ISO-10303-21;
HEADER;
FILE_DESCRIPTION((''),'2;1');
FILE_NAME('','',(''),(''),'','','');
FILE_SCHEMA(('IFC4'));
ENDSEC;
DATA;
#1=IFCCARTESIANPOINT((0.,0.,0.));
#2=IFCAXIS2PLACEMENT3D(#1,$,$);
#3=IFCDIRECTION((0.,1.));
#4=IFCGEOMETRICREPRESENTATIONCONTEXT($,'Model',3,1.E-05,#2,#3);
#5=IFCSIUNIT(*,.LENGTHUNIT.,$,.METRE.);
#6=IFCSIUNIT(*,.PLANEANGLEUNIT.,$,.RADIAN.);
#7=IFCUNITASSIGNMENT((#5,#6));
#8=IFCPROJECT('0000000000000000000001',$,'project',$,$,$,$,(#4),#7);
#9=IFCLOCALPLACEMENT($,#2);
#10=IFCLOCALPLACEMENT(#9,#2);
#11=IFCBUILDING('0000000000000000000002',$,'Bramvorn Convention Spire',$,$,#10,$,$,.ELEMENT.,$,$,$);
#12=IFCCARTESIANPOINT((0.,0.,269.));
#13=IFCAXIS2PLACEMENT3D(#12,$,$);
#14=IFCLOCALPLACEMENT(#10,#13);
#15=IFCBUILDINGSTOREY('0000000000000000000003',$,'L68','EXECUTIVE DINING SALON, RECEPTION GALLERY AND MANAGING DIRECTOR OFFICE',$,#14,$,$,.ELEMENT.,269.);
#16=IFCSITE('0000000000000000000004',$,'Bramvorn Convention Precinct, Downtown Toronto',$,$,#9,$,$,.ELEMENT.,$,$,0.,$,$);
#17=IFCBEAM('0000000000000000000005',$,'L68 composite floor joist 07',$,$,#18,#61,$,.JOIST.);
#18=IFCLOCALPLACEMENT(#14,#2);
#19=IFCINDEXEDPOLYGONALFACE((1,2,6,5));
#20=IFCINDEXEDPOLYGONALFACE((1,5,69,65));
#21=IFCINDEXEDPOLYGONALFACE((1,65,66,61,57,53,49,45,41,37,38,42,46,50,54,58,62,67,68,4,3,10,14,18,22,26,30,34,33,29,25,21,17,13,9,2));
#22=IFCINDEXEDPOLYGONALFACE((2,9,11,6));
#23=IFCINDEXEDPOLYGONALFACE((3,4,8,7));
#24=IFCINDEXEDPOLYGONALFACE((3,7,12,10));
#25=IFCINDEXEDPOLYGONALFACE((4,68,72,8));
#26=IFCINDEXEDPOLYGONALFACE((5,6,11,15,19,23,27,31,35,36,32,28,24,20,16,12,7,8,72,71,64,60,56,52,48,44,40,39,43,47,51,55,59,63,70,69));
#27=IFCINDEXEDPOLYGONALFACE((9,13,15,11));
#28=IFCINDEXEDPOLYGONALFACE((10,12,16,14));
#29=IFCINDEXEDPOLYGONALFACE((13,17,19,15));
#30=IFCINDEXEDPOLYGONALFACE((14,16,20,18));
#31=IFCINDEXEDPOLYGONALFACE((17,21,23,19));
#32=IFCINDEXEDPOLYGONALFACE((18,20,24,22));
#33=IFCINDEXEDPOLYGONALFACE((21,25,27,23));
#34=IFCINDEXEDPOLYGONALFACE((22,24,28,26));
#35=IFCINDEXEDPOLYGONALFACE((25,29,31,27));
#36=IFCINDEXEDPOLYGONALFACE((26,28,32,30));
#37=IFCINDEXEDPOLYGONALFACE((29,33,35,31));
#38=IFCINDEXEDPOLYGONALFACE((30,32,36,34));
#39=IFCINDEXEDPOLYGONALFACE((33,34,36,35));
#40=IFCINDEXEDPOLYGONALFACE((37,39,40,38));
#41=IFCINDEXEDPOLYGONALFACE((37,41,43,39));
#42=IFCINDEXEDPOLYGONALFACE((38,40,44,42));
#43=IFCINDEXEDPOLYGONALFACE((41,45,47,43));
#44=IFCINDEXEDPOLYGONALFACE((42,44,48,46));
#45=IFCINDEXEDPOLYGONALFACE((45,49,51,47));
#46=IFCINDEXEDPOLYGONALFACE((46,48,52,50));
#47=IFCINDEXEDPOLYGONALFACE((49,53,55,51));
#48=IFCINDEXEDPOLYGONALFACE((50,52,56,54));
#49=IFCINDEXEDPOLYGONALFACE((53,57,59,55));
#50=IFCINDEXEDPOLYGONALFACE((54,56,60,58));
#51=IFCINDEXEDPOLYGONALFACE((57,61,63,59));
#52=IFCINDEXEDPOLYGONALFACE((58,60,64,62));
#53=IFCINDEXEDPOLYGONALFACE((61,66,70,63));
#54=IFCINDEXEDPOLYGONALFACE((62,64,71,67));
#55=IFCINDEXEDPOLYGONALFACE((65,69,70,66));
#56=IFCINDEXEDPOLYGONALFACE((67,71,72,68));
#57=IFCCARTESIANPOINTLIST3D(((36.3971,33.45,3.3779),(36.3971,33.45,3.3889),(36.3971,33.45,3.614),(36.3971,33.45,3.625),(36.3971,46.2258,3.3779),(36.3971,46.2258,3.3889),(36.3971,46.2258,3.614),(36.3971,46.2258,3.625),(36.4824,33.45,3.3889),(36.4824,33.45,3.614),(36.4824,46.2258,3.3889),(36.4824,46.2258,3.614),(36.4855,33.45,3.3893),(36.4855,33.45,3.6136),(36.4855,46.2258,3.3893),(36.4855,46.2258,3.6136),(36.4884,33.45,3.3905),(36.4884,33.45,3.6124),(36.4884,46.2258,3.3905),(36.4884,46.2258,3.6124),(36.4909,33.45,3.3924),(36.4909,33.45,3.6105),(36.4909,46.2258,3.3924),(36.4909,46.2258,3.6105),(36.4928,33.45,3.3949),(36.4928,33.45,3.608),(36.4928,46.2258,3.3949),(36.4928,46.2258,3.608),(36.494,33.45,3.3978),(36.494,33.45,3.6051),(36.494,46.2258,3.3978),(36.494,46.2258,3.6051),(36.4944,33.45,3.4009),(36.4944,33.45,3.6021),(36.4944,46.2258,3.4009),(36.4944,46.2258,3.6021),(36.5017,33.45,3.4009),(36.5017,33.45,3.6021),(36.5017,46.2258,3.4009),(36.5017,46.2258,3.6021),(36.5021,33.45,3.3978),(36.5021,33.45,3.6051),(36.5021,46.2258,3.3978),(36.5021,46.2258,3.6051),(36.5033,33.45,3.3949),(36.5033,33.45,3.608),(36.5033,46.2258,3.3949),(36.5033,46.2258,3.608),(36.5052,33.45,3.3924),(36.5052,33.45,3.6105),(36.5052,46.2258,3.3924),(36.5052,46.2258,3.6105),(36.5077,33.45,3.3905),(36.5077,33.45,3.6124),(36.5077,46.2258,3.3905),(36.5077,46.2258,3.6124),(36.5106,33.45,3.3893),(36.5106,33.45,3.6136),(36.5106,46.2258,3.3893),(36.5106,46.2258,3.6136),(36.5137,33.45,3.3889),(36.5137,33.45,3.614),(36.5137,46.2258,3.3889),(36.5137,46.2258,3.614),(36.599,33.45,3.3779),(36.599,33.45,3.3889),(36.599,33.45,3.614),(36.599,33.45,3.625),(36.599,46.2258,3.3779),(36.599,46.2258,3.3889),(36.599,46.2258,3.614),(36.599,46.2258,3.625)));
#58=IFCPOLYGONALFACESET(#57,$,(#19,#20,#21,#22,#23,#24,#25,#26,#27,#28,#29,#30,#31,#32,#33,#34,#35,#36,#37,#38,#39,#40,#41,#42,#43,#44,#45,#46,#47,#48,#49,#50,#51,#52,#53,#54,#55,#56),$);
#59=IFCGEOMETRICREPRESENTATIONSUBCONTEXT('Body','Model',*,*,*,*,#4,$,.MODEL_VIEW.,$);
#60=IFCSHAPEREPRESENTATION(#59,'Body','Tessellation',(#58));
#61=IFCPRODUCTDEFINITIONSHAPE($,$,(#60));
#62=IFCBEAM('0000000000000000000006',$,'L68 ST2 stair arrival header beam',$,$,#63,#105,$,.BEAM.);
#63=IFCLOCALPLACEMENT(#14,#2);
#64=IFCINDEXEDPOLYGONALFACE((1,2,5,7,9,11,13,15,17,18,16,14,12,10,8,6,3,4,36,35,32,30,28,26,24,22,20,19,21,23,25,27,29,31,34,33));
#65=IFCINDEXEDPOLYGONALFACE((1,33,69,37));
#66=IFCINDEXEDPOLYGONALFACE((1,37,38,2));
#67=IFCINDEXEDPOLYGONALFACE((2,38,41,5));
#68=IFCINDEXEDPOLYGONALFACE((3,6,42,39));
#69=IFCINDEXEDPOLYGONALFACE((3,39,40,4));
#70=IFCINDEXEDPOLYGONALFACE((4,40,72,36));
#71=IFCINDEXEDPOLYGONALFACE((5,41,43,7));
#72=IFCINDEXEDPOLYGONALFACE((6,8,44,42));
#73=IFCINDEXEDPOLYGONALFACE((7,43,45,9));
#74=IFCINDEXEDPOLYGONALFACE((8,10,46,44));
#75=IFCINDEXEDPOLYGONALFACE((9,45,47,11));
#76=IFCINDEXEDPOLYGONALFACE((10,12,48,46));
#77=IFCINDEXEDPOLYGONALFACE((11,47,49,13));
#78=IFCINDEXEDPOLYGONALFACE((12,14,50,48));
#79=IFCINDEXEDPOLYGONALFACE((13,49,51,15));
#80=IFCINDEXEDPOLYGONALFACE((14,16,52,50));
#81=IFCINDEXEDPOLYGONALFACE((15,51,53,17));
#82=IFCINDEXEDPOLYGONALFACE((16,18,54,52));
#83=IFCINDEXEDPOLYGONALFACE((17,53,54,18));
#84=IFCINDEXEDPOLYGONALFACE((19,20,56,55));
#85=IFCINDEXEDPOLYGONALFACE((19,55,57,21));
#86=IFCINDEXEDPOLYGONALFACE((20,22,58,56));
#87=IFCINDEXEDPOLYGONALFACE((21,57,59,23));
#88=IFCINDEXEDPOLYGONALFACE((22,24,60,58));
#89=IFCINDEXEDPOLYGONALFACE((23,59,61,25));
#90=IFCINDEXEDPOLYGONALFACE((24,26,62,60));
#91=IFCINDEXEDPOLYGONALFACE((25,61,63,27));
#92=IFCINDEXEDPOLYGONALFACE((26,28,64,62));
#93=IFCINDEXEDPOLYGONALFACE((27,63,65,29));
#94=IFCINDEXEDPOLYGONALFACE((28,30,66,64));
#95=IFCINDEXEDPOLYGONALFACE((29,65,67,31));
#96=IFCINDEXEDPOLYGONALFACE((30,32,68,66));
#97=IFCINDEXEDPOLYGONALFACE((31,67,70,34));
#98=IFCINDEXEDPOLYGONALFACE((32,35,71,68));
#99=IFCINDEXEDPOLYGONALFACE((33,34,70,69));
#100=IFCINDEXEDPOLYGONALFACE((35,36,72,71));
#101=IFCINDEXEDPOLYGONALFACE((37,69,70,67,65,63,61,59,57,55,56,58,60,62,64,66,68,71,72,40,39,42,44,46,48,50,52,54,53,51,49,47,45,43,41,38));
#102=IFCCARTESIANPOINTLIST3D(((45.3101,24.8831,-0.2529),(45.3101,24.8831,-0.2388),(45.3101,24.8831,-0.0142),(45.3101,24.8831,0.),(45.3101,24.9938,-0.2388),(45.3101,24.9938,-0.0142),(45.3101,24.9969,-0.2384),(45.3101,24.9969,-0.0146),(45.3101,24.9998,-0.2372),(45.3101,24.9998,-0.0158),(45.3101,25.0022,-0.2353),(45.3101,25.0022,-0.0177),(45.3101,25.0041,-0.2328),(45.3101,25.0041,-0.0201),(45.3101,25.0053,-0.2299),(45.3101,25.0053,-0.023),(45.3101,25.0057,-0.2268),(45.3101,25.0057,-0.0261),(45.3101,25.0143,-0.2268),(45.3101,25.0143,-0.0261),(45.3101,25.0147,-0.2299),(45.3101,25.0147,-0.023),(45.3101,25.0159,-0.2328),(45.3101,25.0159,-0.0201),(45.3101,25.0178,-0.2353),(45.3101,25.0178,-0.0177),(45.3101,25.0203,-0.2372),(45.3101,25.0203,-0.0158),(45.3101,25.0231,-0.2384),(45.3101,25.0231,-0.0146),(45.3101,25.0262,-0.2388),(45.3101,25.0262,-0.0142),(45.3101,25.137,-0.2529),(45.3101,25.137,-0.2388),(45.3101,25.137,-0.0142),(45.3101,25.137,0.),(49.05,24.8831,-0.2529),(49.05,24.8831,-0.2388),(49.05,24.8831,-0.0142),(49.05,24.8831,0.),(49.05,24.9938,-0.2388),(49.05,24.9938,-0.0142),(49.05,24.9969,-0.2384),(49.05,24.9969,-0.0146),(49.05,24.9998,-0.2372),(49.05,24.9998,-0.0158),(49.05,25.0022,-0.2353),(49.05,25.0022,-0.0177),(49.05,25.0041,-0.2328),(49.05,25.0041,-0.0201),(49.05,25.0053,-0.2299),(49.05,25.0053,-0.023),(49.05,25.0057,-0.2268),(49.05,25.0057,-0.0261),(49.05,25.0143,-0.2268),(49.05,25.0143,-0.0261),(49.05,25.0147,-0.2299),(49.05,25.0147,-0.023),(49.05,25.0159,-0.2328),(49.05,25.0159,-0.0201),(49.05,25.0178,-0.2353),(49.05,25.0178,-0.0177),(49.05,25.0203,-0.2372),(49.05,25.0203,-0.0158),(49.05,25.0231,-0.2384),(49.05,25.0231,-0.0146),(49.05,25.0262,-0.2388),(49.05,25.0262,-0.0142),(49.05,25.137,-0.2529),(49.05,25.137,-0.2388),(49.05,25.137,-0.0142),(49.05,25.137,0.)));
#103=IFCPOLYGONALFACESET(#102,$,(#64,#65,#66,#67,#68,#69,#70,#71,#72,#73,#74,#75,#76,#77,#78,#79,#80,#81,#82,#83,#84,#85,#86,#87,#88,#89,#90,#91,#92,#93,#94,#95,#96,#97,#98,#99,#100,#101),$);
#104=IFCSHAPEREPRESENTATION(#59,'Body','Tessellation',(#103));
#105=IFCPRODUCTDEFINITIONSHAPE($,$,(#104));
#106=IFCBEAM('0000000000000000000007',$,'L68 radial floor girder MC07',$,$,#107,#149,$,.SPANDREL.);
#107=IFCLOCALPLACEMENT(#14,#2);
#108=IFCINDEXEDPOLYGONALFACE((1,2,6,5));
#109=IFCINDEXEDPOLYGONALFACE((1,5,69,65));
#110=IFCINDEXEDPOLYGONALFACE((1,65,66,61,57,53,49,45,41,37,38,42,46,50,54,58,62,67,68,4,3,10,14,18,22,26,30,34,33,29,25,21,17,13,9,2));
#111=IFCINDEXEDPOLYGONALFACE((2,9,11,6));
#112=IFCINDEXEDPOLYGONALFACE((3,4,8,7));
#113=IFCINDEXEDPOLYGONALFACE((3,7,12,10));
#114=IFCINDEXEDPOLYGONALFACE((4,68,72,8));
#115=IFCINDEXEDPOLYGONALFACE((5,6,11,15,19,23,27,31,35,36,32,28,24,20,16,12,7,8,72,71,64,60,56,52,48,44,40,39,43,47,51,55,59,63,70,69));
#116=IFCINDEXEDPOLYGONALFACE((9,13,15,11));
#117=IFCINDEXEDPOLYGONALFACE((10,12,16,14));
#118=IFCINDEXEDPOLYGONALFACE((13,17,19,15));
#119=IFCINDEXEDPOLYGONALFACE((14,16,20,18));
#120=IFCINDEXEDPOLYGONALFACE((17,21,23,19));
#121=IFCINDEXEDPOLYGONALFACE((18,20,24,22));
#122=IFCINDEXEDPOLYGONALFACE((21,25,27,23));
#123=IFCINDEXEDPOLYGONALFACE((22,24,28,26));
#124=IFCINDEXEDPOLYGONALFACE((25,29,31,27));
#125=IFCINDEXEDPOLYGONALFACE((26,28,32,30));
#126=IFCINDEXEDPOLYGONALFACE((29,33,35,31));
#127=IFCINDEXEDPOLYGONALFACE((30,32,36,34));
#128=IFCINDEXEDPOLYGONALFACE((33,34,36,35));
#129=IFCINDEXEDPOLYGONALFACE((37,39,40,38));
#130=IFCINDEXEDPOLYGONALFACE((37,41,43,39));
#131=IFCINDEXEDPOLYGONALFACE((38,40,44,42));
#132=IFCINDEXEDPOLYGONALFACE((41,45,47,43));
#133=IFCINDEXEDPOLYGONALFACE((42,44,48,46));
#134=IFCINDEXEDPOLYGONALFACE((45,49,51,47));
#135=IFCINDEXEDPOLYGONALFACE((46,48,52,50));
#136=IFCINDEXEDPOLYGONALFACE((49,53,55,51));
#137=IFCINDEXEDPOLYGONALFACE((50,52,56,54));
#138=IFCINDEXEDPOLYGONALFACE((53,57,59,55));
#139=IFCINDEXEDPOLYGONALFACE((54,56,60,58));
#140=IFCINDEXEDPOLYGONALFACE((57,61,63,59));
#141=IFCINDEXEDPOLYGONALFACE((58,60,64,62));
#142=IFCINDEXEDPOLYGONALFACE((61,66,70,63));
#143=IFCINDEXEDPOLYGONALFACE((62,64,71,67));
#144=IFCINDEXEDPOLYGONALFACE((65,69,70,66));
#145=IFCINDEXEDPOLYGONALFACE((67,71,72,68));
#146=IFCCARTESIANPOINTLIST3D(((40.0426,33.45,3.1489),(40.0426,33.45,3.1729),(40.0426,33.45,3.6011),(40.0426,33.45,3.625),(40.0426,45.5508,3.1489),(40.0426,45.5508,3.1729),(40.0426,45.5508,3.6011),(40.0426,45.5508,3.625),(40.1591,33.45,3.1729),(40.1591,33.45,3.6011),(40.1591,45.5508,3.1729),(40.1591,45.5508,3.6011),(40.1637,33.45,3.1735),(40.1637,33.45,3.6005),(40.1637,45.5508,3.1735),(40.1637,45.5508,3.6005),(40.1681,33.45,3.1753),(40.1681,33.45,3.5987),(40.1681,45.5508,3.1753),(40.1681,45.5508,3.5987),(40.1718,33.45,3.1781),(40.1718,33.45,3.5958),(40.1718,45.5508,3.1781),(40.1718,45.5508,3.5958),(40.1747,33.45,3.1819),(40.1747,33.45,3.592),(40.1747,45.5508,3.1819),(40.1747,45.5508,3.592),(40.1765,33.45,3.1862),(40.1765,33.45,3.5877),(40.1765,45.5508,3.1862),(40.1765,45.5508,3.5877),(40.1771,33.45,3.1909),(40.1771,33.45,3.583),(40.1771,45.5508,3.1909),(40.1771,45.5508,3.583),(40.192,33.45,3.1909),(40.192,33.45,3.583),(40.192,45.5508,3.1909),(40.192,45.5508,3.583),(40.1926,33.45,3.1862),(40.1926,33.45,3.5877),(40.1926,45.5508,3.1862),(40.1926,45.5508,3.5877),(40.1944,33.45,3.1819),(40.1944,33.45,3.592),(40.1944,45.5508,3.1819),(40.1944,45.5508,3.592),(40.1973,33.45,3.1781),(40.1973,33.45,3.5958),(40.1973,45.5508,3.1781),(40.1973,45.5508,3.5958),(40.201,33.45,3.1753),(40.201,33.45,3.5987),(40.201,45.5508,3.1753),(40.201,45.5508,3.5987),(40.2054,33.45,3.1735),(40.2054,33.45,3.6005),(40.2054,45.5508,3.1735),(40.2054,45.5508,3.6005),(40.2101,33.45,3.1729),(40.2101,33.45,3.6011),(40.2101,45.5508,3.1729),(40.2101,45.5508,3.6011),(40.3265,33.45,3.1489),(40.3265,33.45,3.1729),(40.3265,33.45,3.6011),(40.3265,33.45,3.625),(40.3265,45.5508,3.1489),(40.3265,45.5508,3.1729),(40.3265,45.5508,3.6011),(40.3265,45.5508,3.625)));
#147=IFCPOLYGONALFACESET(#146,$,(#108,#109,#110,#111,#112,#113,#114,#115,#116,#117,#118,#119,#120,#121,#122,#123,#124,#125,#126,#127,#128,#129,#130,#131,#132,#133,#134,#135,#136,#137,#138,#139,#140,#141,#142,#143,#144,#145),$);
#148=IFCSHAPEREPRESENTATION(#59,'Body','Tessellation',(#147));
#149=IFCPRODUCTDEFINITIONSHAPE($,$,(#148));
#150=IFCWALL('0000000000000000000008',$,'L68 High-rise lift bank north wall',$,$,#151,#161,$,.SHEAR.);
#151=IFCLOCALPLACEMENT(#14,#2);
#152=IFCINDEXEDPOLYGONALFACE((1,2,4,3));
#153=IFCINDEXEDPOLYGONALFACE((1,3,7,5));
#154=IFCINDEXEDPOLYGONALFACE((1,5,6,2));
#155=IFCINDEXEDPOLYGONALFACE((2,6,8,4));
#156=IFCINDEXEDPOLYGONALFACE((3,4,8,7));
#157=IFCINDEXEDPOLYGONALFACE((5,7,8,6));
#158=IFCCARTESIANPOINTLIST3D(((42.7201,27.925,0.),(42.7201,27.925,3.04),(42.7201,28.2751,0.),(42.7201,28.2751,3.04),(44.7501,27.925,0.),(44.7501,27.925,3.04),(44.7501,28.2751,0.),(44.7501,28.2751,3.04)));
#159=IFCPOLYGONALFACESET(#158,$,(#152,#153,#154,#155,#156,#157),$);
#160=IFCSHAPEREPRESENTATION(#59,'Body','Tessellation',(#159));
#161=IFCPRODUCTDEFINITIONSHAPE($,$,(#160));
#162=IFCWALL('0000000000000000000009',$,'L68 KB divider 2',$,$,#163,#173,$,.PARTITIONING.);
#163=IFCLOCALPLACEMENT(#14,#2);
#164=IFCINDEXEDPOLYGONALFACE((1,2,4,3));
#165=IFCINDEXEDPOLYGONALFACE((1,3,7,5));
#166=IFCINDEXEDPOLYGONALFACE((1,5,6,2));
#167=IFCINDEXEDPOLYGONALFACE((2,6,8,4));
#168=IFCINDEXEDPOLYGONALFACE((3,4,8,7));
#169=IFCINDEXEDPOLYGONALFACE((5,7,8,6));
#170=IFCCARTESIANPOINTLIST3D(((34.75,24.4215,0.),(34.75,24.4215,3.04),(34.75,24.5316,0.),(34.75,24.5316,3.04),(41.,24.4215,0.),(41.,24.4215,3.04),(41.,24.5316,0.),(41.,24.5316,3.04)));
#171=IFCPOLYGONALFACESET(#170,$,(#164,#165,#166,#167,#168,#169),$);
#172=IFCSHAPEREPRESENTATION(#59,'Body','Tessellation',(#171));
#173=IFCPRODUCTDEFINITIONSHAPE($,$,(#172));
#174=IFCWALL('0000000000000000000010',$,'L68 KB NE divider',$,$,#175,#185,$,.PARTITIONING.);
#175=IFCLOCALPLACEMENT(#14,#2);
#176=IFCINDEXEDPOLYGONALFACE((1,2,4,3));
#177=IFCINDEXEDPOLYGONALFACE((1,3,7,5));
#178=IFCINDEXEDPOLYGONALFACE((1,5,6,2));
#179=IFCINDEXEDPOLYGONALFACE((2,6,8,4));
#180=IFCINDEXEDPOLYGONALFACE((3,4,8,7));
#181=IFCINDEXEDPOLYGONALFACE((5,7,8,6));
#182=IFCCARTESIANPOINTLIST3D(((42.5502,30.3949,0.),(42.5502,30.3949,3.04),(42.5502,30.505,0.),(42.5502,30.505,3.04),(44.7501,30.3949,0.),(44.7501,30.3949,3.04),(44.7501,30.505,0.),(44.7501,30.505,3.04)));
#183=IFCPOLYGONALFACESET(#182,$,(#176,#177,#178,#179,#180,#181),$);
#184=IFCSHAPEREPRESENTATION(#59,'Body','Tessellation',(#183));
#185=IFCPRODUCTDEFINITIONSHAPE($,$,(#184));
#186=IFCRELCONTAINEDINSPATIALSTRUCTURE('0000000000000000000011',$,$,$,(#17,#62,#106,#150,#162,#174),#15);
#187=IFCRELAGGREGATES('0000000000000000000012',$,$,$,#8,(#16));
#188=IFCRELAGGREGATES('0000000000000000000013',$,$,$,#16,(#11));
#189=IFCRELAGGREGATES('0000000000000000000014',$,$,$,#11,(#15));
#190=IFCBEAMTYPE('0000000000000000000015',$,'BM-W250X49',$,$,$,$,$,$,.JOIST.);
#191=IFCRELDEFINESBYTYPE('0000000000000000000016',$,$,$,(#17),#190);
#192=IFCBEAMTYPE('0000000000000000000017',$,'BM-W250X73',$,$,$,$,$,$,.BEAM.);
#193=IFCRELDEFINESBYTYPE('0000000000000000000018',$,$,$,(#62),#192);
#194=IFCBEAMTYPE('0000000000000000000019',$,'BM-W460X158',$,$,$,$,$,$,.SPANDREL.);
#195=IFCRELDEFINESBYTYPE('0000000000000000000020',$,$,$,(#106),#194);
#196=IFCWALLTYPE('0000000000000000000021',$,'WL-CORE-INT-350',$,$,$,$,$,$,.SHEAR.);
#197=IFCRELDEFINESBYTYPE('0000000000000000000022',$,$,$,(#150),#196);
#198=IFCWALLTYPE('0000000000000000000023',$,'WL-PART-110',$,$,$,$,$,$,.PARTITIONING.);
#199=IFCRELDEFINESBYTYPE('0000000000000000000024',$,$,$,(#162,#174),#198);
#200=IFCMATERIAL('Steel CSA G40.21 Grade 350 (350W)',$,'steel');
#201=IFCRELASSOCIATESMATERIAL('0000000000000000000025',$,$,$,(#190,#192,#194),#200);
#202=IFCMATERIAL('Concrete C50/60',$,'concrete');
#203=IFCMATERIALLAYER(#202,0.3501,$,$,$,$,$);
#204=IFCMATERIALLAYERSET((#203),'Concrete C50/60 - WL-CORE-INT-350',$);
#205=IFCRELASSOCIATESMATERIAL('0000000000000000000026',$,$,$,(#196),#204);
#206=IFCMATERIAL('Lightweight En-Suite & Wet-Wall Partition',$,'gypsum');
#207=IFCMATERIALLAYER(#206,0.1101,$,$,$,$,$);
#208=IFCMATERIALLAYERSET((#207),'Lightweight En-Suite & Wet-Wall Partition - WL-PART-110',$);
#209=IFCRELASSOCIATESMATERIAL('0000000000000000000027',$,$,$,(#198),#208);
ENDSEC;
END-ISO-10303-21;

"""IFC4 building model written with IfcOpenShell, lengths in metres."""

from ifc_helpers import new_model, si_unit, direction, frame, frame_2d, origin, origin_2d, place, context, subcontext, project, spatial, rectangle, i_section, extrude, material, layer, layer_set, material_profile, profile_set, type_object, element, save


model = new_model("IFC4")

# Units and contexts
model_context = context("Model", 3, precision=1e-05, world=origin(), true_north=direction((0.0, 1.0)))
body_context = subcontext(model_context, "Body", "Model", "MODEL_VIEW")
ifc_project = project(units=[si_unit("LENGTHUNIT", "METRE"), si_unit("PLANEANGLEUNIT", "RADIAN")], contexts=[model_context])

# Site, building, storey
site_placement = place(None, origin())
site = spatial("IfcSite", under=ifc_project, at=site_placement, Name="Bramvorn Convention Precinct, Downtown Toronto", CompositionType="ELEMENT", RefElevation=0.0)
building_placement = place(site_placement, origin())
building = spatial("IfcBuilding", under=site, at=building_placement, Name="Bramvorn Convention Spire", CompositionType="ELEMENT")
storey_placement = place(building_placement, frame((0.0, 0.0, 269.0)))
storey = spatial("IfcBuildingStorey", under=building, at=storey_placement, Name="L68", Description="EXECUTIVE DINING SALON, RECEPTION GALLERY AND MANAGING DIRECTOR OFFICE", CompositionType="ELEMENT", Elevation=269.0)

# Beams
ifc_material_1 = material(Name="Steel CSA G40.21 Grade 350 (350W)", Category="steel")
ifc_material_profile_1 = material_profile(ifc_material_1, i_section(OverallWidth=0.2019, OverallDepth=0.2471, WebThickness=0.0073, FlangeThickness=0.011, FilletRadius=0.012, at=origin_2d()))
ifc_profile_set_1 = profile_set([ifc_material_profile_1], Name="Steel CSA G40.21 Grade 350 (350W) - W250X49")
beam_type_1 = type_object("IfcBeamType", Name="BM-W250X49", PredefinedType="JOIST", material=ifc_profile_set_1)
beam_1_placement = place(storey_placement, frame((36.498, 33.45, 3.5015), z_axis=(0.0, 1.0, 0.0), x_axis=(-1.0, 0.0, 0.0)))
element("IfcBeam", 1, at=beam_1_placement, inside=storey, type_object=beam_type_1, Name="L68 composite floor joist 07", PredefinedType="JOIST", context=body_context, shape_type="SweptSolid", body=[
    extrude(i_section(OverallWidth=0.2019, OverallDepth=0.2471, WebThickness=0.0073, FlangeThickness=0.011, FilletRadius=0.012, at=origin_2d()), origin(), (0.0, 0.0, 1.0), 12.7759),
])
ifc_material_profile_2 = material_profile(ifc_material_1, i_section(OverallWidth=0.2539, OverallDepth=0.2529, WebThickness=0.0085, FlangeThickness=0.0142, FilletRadius=0.012, at=origin_2d()))
ifc_profile_set_2 = profile_set([ifc_material_profile_2], Name="Steel CSA G40.21 Grade 350 (350W) - W250X73")
beam_type_2 = type_object("IfcBeamType", Name="BM-W250X73", PredefinedType="BEAM", material=ifc_profile_set_2)
beam_2_placement = place(storey_placement, frame((45.3101, 25.01, -0.1265), z_axis=(1.0, 0.0, 0.0), x_axis=(0.0, 1.0, 0.0)))
element("IfcBeam", 2, at=beam_2_placement, inside=storey, type_object=beam_type_2, Name="L68 ST2 stair arrival header beam", PredefinedType="BEAM", context=body_context, shape_type="SweptSolid", body=[
    extrude(i_section(OverallWidth=0.2539, OverallDepth=0.2529, WebThickness=0.0085, FlangeThickness=0.0142, FilletRadius=0.012, at=origin_2d()), origin(), (0.0, 0.0, 1.0), 3.74),
])
ifc_material_profile_3 = material_profile(ifc_material_1, i_section(OverallWidth=0.2839, OverallDepth=0.4761, WebThickness=0.0149, FlangeThickness=0.0239, FilletRadius=0.0181, at=origin_2d()))
ifc_profile_set_3 = profile_set([ifc_material_profile_3], Name="Steel CSA G40.21 Grade 350 (350W) - W460X158")
beam_type_3 = type_object("IfcBeamType", Name="BM-W460X158", PredefinedType="SPANDREL", material=ifc_profile_set_3)
beam_3_placement = place(storey_placement, frame((40.1846, 33.45, 3.387), z_axis=(0.0, 1.0, 0.0), x_axis=(-1.0, 0.0, 0.0)))
element("IfcBeam", 3, at=beam_3_placement, inside=storey, type_object=beam_type_3, Name="L68 radial floor girder MC07", PredefinedType="SPANDREL", context=body_context, shape_type="SweptSolid", body=[
    extrude(i_section(OverallWidth=0.2839, OverallDepth=0.4761, WebThickness=0.0149, FlangeThickness=0.0239, FilletRadius=0.0181, at=origin_2d()), origin(), (0.0, 0.0, 1.0), 12.1008),
])

# Shared definitions
ifc_material_2 = material(Name="Concrete C50/60", Category="concrete")
ifc_layer_1 = layer(ifc_material_2, 0.3501)
ifc_layer_set_1 = layer_set([ifc_layer_1], Name="Concrete C50/60 - WL-CORE-INT-350")
wall_type_1 = type_object("IfcWallType", Name="WL-CORE-INT-350", PredefinedType="SHEAR", material=ifc_layer_set_1)

# Walls
wall_1_placement = place(storey_placement, frame((42.72, 28.1001, 0.0), z_axis=(0.0, 0.0, 1.0), x_axis=(1.0, 0.0, 0.0)))
element("IfcWall", 4, at=wall_1_placement, inside=storey, type_object=wall_type_1, Name="L68 High-rise lift bank north wall", PredefinedType="SHEAR", context=body_context, shape_type="SweptSolid", body=[
    extrude(rectangle(XDim=2.03, YDim=0.3501, at=frame_2d((1.0151, 0.0))), origin(), (0.0, 0.0, 1.0), 3.04),
])
ifc_material_3 = material(Name="Lightweight En-Suite & Wet-Wall Partition", Category="gypsum")
ifc_layer_2 = layer(ifc_material_3, 0.1101)
ifc_layer_set_2 = layer_set([ifc_layer_2], Name="Lightweight En-Suite & Wet-Wall Partition - WL-PART-110")
wall_type_2 = type_object("IfcWallType", Name="WL-PART-110", PredefinedType="PARTITIONING", material=ifc_layer_set_2)
wall_2_placement = place(storey_placement, frame((34.75, 24.4766, 0.0), z_axis=(0.0, 0.0, 1.0), x_axis=(1.0, 0.0, 0.0)))
element("IfcWall", 5, at=wall_2_placement, inside=storey, type_object=wall_type_2, Name="L68 KB divider 2", PredefinedType="PARTITIONING", context=body_context, shape_type="SweptSolid", body=[
    extrude(rectangle(XDim=6.25, YDim=0.1101, at=frame_2d((3.125, 0.0))), origin(), (0.0, 0.0, 1.0), 3.04),
])
wall_3_placement = place(storey_placement, frame((42.55, 30.45, 0.0), z_axis=(0.0, 0.0, 1.0), x_axis=(1.0, 0.0, 0.0)))
element("IfcWall", 6, at=wall_3_placement, inside=storey, type_object=wall_type_2, Name="L68 KB NE divider", PredefinedType="PARTITIONING", context=body_context, shape_type="SweptSolid", body=[
    extrude(rectangle(XDim=2.2, YDim=0.1101, at=frame_2d((1.1001, 0.0))), origin(), (0.0, 0.0, 1.0), 3.04),
])

save(model, "model.ifc")
